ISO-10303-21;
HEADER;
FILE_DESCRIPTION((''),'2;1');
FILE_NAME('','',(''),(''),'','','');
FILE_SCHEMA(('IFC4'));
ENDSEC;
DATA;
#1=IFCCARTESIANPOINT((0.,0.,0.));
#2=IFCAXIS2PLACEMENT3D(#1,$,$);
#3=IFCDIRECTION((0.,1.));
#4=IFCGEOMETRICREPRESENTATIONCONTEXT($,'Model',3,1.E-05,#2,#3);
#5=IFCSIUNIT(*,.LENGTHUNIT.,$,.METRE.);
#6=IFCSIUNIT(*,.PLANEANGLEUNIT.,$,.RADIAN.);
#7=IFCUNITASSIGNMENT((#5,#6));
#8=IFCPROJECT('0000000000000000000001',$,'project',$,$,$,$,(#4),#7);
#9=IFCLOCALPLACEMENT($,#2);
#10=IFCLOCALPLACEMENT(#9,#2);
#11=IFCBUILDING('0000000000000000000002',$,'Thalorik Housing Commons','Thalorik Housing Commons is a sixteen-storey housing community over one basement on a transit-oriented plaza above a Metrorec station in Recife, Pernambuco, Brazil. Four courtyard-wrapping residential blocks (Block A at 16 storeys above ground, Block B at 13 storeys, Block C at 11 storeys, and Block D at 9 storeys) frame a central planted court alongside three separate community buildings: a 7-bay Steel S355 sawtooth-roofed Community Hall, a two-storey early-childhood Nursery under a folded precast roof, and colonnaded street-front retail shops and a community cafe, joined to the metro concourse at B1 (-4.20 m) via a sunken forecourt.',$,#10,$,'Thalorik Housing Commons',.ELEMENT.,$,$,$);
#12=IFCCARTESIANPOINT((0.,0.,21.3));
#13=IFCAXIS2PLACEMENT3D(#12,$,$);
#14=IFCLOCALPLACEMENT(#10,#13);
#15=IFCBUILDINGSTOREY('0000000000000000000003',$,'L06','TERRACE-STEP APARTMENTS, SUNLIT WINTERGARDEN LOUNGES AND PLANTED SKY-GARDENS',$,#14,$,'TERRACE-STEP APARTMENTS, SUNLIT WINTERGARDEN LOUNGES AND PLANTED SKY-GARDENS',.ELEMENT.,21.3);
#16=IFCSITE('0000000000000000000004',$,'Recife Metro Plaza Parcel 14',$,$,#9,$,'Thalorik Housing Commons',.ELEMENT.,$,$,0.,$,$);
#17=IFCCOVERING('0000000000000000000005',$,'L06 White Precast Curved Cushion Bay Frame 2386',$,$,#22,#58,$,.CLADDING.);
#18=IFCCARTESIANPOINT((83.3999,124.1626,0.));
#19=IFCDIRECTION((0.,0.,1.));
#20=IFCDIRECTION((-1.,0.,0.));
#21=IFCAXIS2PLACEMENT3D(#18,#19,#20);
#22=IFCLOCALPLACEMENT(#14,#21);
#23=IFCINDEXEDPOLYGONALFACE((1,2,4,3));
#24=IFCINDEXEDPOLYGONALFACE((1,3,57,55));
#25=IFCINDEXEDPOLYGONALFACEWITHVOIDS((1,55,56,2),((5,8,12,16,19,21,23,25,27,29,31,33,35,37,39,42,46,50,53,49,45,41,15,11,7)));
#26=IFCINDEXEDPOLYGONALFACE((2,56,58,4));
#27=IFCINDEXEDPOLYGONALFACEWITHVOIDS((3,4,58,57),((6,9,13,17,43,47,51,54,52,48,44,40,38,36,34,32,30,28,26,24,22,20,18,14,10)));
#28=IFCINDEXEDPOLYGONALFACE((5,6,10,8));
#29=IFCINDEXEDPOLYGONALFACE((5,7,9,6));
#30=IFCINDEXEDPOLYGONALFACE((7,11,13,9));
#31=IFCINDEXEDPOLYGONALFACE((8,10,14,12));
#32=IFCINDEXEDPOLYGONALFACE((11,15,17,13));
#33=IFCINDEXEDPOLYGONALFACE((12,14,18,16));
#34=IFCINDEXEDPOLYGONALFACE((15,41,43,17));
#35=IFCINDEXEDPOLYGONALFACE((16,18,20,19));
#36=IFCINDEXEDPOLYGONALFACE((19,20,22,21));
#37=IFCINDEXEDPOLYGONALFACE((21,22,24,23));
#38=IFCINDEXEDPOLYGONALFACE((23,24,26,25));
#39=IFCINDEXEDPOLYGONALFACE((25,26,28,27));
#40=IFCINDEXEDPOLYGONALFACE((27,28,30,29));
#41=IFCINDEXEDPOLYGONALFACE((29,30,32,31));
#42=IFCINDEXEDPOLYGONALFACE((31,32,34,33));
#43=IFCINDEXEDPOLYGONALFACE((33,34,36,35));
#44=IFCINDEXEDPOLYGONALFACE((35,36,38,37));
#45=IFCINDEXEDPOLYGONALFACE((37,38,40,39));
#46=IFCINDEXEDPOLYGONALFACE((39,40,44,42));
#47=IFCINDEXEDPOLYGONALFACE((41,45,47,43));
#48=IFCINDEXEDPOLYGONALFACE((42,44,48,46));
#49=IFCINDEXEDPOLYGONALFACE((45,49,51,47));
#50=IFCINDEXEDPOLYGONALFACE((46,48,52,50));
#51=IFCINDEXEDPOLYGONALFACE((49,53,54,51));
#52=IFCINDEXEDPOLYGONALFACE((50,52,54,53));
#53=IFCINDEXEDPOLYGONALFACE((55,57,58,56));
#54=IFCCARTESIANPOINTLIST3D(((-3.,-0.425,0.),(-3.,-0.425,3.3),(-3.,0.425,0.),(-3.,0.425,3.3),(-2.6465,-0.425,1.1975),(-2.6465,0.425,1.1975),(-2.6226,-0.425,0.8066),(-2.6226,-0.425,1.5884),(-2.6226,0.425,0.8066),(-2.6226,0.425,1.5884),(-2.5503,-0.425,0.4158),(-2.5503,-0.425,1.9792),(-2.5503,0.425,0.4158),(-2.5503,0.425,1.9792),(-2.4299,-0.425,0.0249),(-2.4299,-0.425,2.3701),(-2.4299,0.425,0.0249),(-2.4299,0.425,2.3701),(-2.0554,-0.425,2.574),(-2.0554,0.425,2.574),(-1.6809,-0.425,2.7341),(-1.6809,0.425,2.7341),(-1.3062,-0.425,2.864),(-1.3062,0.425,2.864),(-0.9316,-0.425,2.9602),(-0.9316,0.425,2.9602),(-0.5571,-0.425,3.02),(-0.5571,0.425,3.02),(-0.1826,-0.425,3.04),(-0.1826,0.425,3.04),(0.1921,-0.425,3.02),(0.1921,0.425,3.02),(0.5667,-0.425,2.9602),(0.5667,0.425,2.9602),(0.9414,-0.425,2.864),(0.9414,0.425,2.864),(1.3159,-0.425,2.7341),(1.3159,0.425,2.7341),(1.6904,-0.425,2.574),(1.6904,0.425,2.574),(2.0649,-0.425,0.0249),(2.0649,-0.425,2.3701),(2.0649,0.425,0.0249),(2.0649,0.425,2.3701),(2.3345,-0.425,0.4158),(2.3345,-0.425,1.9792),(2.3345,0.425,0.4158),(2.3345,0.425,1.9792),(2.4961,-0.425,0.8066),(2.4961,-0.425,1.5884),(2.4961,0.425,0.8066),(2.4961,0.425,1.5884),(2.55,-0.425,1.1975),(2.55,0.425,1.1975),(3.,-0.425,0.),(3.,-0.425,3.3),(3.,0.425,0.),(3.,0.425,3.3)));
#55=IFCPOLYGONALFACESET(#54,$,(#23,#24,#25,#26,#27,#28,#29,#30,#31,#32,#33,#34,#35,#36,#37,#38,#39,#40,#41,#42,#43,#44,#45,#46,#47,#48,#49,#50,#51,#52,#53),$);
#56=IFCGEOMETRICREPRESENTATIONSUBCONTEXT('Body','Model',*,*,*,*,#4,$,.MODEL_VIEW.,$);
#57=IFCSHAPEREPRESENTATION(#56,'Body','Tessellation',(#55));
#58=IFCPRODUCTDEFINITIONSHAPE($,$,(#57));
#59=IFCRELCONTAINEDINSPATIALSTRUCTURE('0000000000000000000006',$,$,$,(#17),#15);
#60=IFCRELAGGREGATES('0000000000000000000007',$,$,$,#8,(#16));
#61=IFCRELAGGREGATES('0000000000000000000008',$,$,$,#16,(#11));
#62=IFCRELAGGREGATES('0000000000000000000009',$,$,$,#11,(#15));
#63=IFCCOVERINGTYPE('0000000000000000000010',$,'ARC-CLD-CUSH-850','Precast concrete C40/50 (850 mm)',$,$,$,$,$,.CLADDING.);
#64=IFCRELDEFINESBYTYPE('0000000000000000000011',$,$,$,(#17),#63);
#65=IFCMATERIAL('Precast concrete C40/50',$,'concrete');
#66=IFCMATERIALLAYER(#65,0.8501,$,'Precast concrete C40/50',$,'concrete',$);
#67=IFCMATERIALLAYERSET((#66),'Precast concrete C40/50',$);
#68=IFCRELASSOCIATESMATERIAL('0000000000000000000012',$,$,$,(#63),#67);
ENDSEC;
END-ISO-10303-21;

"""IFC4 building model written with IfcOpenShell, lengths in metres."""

from ifc_helpers import new_model, si_unit, direction, frame, origin, place, context, subcontext, project, spatial, polyline, outline, extrude, material, layer, layer_set, type_object, element, save


model = new_model("IFC4")

# Units and contexts
model_context = context("Model", 3, precision=1e-05, world=origin(), true_north=direction((0.0, 1.0)))
body_context = subcontext(model_context, "Body", "Model", "MODEL_VIEW")
ifc_project = project(units=[si_unit("LENGTHUNIT", "METRE"), si_unit("PLANEANGLEUNIT", "RADIAN")], contexts=[model_context])

# Site, building, storey
site_placement = place(None, origin())
site = spatial("IfcSite", under=ifc_project, at=site_placement, Name="Recife Metro Plaza Parcel 14", LongName="Thalorik Housing Commons", CompositionType="ELEMENT", RefElevation=0.0)
building_placement = place(site_placement, origin())
building = spatial("IfcBuilding", under=site, at=building_placement, Name="Thalorik Housing Commons", Description="Thalorik Housing Commons is a sixteen-storey housing community over one basement on a transit-oriented plaza above a Metrorec station in Recife, Pernambuco, Brazil. Four courtyard-wrapping residential blocks (Block A at 16 storeys above ground, Block B at 13 storeys, Block C at 11 storeys, and Block D at 9 storeys) frame a central planted court alongside three separate community buildings: a 7-bay Steel S355 sawtooth-roofed Community Hall, a two-storey early-childhood Nursery under a folded precast roof, and colonnaded street-front retail shops and a community cafe, joined to the metro concourse at B1 (-4.20 m) via a sunken forecourt.", LongName="Thalorik Housing Commons", CompositionType="ELEMENT")
storey_placement = place(building_placement, frame((0.0, 0.0, 21.3)))
storey = spatial("IfcBuildingStorey", under=building, at=storey_placement, Name="L06", Description="TERRACE-STEP APARTMENTS, SUNLIT WINTERGARDEN LOUNGES AND PLANTED SKY-GARDENS", LongName="TERRACE-STEP APARTMENTS, SUNLIT WINTERGARDEN LOUNGES AND PLANTED SKY-GARDENS", CompositionType="ELEMENT", Elevation=21.3)

# Shared definitions
ifc_material_1 = material(Name="Precast concrete C40/50", Category="concrete")

# Covering
ifc_layer_1 = layer(ifc_material_1, 0.8501, Name="Precast concrete C40/50", Category="concrete")
ifc_layer_set_1 = layer_set([ifc_layer_1], Name="Precast concrete C40/50")
covering_type_1 = type_object("IfcCoveringType", Name="ARC-CLD-CUSH-850", Description="Precast concrete C40/50 (850 mm)", PredefinedType="CLADDING", material=ifc_layer_set_1)
covering_1_placement = place(storey_placement, frame((83.3999, 124.1626, 0.0), z_axis=(0.0, 0.0, 1.0), x_axis=(-1.0, 0.0, 0.0)))
element("IfcCovering", 1, at=covering_1_placement, inside=storey, type_object=covering_type_1, Name="L06 White Precast Curved Cushion Bay Frame 2386", PredefinedType="CLADDING", context=body_context, shape_type="SweptSolid", body=[
    extrude(outline(polyline([(-3.0, 0.0), (3.0, 0.0), (3.0, 3.3), (-3.0, 3.3), (-3.0, 0.0)]), holes=[polyline([(2.0649, 0.0249), (2.3345, 0.4158), (2.4961, 0.8066), (2.55, 1.1975), (2.4961, 1.5884), (2.3345, 1.9792), (2.0649, 2.3701), (1.6904, 2.574), (1.3159, 2.7341), (0.9414, 2.864), (0.5667, 2.9602), (0.1921, 3.02), (-0.1826, 3.04), (-0.5571, 3.02), (-0.9316, 2.9602), (-1.3062, 2.864), (-1.6809, 2.7341), (-2.0554, 2.574), (-2.4299, 2.3701), (-2.5503, 1.9792), (-2.6226, 1.5884), (-2.6465, 1.1975), (-2.6226, 0.8066), (-2.5503, 0.4158), (-2.4299, 0.0249), (2.0649, 0.0249)])]), frame((0.0, 0.425, 0.0), z_axis=(0.0, -1.0, 0.0), x_axis=(1.0, 0.0, 0.0)), (0.0, 0.0, 1.0), 0.8501),
])

save(model, "model.ifc")
